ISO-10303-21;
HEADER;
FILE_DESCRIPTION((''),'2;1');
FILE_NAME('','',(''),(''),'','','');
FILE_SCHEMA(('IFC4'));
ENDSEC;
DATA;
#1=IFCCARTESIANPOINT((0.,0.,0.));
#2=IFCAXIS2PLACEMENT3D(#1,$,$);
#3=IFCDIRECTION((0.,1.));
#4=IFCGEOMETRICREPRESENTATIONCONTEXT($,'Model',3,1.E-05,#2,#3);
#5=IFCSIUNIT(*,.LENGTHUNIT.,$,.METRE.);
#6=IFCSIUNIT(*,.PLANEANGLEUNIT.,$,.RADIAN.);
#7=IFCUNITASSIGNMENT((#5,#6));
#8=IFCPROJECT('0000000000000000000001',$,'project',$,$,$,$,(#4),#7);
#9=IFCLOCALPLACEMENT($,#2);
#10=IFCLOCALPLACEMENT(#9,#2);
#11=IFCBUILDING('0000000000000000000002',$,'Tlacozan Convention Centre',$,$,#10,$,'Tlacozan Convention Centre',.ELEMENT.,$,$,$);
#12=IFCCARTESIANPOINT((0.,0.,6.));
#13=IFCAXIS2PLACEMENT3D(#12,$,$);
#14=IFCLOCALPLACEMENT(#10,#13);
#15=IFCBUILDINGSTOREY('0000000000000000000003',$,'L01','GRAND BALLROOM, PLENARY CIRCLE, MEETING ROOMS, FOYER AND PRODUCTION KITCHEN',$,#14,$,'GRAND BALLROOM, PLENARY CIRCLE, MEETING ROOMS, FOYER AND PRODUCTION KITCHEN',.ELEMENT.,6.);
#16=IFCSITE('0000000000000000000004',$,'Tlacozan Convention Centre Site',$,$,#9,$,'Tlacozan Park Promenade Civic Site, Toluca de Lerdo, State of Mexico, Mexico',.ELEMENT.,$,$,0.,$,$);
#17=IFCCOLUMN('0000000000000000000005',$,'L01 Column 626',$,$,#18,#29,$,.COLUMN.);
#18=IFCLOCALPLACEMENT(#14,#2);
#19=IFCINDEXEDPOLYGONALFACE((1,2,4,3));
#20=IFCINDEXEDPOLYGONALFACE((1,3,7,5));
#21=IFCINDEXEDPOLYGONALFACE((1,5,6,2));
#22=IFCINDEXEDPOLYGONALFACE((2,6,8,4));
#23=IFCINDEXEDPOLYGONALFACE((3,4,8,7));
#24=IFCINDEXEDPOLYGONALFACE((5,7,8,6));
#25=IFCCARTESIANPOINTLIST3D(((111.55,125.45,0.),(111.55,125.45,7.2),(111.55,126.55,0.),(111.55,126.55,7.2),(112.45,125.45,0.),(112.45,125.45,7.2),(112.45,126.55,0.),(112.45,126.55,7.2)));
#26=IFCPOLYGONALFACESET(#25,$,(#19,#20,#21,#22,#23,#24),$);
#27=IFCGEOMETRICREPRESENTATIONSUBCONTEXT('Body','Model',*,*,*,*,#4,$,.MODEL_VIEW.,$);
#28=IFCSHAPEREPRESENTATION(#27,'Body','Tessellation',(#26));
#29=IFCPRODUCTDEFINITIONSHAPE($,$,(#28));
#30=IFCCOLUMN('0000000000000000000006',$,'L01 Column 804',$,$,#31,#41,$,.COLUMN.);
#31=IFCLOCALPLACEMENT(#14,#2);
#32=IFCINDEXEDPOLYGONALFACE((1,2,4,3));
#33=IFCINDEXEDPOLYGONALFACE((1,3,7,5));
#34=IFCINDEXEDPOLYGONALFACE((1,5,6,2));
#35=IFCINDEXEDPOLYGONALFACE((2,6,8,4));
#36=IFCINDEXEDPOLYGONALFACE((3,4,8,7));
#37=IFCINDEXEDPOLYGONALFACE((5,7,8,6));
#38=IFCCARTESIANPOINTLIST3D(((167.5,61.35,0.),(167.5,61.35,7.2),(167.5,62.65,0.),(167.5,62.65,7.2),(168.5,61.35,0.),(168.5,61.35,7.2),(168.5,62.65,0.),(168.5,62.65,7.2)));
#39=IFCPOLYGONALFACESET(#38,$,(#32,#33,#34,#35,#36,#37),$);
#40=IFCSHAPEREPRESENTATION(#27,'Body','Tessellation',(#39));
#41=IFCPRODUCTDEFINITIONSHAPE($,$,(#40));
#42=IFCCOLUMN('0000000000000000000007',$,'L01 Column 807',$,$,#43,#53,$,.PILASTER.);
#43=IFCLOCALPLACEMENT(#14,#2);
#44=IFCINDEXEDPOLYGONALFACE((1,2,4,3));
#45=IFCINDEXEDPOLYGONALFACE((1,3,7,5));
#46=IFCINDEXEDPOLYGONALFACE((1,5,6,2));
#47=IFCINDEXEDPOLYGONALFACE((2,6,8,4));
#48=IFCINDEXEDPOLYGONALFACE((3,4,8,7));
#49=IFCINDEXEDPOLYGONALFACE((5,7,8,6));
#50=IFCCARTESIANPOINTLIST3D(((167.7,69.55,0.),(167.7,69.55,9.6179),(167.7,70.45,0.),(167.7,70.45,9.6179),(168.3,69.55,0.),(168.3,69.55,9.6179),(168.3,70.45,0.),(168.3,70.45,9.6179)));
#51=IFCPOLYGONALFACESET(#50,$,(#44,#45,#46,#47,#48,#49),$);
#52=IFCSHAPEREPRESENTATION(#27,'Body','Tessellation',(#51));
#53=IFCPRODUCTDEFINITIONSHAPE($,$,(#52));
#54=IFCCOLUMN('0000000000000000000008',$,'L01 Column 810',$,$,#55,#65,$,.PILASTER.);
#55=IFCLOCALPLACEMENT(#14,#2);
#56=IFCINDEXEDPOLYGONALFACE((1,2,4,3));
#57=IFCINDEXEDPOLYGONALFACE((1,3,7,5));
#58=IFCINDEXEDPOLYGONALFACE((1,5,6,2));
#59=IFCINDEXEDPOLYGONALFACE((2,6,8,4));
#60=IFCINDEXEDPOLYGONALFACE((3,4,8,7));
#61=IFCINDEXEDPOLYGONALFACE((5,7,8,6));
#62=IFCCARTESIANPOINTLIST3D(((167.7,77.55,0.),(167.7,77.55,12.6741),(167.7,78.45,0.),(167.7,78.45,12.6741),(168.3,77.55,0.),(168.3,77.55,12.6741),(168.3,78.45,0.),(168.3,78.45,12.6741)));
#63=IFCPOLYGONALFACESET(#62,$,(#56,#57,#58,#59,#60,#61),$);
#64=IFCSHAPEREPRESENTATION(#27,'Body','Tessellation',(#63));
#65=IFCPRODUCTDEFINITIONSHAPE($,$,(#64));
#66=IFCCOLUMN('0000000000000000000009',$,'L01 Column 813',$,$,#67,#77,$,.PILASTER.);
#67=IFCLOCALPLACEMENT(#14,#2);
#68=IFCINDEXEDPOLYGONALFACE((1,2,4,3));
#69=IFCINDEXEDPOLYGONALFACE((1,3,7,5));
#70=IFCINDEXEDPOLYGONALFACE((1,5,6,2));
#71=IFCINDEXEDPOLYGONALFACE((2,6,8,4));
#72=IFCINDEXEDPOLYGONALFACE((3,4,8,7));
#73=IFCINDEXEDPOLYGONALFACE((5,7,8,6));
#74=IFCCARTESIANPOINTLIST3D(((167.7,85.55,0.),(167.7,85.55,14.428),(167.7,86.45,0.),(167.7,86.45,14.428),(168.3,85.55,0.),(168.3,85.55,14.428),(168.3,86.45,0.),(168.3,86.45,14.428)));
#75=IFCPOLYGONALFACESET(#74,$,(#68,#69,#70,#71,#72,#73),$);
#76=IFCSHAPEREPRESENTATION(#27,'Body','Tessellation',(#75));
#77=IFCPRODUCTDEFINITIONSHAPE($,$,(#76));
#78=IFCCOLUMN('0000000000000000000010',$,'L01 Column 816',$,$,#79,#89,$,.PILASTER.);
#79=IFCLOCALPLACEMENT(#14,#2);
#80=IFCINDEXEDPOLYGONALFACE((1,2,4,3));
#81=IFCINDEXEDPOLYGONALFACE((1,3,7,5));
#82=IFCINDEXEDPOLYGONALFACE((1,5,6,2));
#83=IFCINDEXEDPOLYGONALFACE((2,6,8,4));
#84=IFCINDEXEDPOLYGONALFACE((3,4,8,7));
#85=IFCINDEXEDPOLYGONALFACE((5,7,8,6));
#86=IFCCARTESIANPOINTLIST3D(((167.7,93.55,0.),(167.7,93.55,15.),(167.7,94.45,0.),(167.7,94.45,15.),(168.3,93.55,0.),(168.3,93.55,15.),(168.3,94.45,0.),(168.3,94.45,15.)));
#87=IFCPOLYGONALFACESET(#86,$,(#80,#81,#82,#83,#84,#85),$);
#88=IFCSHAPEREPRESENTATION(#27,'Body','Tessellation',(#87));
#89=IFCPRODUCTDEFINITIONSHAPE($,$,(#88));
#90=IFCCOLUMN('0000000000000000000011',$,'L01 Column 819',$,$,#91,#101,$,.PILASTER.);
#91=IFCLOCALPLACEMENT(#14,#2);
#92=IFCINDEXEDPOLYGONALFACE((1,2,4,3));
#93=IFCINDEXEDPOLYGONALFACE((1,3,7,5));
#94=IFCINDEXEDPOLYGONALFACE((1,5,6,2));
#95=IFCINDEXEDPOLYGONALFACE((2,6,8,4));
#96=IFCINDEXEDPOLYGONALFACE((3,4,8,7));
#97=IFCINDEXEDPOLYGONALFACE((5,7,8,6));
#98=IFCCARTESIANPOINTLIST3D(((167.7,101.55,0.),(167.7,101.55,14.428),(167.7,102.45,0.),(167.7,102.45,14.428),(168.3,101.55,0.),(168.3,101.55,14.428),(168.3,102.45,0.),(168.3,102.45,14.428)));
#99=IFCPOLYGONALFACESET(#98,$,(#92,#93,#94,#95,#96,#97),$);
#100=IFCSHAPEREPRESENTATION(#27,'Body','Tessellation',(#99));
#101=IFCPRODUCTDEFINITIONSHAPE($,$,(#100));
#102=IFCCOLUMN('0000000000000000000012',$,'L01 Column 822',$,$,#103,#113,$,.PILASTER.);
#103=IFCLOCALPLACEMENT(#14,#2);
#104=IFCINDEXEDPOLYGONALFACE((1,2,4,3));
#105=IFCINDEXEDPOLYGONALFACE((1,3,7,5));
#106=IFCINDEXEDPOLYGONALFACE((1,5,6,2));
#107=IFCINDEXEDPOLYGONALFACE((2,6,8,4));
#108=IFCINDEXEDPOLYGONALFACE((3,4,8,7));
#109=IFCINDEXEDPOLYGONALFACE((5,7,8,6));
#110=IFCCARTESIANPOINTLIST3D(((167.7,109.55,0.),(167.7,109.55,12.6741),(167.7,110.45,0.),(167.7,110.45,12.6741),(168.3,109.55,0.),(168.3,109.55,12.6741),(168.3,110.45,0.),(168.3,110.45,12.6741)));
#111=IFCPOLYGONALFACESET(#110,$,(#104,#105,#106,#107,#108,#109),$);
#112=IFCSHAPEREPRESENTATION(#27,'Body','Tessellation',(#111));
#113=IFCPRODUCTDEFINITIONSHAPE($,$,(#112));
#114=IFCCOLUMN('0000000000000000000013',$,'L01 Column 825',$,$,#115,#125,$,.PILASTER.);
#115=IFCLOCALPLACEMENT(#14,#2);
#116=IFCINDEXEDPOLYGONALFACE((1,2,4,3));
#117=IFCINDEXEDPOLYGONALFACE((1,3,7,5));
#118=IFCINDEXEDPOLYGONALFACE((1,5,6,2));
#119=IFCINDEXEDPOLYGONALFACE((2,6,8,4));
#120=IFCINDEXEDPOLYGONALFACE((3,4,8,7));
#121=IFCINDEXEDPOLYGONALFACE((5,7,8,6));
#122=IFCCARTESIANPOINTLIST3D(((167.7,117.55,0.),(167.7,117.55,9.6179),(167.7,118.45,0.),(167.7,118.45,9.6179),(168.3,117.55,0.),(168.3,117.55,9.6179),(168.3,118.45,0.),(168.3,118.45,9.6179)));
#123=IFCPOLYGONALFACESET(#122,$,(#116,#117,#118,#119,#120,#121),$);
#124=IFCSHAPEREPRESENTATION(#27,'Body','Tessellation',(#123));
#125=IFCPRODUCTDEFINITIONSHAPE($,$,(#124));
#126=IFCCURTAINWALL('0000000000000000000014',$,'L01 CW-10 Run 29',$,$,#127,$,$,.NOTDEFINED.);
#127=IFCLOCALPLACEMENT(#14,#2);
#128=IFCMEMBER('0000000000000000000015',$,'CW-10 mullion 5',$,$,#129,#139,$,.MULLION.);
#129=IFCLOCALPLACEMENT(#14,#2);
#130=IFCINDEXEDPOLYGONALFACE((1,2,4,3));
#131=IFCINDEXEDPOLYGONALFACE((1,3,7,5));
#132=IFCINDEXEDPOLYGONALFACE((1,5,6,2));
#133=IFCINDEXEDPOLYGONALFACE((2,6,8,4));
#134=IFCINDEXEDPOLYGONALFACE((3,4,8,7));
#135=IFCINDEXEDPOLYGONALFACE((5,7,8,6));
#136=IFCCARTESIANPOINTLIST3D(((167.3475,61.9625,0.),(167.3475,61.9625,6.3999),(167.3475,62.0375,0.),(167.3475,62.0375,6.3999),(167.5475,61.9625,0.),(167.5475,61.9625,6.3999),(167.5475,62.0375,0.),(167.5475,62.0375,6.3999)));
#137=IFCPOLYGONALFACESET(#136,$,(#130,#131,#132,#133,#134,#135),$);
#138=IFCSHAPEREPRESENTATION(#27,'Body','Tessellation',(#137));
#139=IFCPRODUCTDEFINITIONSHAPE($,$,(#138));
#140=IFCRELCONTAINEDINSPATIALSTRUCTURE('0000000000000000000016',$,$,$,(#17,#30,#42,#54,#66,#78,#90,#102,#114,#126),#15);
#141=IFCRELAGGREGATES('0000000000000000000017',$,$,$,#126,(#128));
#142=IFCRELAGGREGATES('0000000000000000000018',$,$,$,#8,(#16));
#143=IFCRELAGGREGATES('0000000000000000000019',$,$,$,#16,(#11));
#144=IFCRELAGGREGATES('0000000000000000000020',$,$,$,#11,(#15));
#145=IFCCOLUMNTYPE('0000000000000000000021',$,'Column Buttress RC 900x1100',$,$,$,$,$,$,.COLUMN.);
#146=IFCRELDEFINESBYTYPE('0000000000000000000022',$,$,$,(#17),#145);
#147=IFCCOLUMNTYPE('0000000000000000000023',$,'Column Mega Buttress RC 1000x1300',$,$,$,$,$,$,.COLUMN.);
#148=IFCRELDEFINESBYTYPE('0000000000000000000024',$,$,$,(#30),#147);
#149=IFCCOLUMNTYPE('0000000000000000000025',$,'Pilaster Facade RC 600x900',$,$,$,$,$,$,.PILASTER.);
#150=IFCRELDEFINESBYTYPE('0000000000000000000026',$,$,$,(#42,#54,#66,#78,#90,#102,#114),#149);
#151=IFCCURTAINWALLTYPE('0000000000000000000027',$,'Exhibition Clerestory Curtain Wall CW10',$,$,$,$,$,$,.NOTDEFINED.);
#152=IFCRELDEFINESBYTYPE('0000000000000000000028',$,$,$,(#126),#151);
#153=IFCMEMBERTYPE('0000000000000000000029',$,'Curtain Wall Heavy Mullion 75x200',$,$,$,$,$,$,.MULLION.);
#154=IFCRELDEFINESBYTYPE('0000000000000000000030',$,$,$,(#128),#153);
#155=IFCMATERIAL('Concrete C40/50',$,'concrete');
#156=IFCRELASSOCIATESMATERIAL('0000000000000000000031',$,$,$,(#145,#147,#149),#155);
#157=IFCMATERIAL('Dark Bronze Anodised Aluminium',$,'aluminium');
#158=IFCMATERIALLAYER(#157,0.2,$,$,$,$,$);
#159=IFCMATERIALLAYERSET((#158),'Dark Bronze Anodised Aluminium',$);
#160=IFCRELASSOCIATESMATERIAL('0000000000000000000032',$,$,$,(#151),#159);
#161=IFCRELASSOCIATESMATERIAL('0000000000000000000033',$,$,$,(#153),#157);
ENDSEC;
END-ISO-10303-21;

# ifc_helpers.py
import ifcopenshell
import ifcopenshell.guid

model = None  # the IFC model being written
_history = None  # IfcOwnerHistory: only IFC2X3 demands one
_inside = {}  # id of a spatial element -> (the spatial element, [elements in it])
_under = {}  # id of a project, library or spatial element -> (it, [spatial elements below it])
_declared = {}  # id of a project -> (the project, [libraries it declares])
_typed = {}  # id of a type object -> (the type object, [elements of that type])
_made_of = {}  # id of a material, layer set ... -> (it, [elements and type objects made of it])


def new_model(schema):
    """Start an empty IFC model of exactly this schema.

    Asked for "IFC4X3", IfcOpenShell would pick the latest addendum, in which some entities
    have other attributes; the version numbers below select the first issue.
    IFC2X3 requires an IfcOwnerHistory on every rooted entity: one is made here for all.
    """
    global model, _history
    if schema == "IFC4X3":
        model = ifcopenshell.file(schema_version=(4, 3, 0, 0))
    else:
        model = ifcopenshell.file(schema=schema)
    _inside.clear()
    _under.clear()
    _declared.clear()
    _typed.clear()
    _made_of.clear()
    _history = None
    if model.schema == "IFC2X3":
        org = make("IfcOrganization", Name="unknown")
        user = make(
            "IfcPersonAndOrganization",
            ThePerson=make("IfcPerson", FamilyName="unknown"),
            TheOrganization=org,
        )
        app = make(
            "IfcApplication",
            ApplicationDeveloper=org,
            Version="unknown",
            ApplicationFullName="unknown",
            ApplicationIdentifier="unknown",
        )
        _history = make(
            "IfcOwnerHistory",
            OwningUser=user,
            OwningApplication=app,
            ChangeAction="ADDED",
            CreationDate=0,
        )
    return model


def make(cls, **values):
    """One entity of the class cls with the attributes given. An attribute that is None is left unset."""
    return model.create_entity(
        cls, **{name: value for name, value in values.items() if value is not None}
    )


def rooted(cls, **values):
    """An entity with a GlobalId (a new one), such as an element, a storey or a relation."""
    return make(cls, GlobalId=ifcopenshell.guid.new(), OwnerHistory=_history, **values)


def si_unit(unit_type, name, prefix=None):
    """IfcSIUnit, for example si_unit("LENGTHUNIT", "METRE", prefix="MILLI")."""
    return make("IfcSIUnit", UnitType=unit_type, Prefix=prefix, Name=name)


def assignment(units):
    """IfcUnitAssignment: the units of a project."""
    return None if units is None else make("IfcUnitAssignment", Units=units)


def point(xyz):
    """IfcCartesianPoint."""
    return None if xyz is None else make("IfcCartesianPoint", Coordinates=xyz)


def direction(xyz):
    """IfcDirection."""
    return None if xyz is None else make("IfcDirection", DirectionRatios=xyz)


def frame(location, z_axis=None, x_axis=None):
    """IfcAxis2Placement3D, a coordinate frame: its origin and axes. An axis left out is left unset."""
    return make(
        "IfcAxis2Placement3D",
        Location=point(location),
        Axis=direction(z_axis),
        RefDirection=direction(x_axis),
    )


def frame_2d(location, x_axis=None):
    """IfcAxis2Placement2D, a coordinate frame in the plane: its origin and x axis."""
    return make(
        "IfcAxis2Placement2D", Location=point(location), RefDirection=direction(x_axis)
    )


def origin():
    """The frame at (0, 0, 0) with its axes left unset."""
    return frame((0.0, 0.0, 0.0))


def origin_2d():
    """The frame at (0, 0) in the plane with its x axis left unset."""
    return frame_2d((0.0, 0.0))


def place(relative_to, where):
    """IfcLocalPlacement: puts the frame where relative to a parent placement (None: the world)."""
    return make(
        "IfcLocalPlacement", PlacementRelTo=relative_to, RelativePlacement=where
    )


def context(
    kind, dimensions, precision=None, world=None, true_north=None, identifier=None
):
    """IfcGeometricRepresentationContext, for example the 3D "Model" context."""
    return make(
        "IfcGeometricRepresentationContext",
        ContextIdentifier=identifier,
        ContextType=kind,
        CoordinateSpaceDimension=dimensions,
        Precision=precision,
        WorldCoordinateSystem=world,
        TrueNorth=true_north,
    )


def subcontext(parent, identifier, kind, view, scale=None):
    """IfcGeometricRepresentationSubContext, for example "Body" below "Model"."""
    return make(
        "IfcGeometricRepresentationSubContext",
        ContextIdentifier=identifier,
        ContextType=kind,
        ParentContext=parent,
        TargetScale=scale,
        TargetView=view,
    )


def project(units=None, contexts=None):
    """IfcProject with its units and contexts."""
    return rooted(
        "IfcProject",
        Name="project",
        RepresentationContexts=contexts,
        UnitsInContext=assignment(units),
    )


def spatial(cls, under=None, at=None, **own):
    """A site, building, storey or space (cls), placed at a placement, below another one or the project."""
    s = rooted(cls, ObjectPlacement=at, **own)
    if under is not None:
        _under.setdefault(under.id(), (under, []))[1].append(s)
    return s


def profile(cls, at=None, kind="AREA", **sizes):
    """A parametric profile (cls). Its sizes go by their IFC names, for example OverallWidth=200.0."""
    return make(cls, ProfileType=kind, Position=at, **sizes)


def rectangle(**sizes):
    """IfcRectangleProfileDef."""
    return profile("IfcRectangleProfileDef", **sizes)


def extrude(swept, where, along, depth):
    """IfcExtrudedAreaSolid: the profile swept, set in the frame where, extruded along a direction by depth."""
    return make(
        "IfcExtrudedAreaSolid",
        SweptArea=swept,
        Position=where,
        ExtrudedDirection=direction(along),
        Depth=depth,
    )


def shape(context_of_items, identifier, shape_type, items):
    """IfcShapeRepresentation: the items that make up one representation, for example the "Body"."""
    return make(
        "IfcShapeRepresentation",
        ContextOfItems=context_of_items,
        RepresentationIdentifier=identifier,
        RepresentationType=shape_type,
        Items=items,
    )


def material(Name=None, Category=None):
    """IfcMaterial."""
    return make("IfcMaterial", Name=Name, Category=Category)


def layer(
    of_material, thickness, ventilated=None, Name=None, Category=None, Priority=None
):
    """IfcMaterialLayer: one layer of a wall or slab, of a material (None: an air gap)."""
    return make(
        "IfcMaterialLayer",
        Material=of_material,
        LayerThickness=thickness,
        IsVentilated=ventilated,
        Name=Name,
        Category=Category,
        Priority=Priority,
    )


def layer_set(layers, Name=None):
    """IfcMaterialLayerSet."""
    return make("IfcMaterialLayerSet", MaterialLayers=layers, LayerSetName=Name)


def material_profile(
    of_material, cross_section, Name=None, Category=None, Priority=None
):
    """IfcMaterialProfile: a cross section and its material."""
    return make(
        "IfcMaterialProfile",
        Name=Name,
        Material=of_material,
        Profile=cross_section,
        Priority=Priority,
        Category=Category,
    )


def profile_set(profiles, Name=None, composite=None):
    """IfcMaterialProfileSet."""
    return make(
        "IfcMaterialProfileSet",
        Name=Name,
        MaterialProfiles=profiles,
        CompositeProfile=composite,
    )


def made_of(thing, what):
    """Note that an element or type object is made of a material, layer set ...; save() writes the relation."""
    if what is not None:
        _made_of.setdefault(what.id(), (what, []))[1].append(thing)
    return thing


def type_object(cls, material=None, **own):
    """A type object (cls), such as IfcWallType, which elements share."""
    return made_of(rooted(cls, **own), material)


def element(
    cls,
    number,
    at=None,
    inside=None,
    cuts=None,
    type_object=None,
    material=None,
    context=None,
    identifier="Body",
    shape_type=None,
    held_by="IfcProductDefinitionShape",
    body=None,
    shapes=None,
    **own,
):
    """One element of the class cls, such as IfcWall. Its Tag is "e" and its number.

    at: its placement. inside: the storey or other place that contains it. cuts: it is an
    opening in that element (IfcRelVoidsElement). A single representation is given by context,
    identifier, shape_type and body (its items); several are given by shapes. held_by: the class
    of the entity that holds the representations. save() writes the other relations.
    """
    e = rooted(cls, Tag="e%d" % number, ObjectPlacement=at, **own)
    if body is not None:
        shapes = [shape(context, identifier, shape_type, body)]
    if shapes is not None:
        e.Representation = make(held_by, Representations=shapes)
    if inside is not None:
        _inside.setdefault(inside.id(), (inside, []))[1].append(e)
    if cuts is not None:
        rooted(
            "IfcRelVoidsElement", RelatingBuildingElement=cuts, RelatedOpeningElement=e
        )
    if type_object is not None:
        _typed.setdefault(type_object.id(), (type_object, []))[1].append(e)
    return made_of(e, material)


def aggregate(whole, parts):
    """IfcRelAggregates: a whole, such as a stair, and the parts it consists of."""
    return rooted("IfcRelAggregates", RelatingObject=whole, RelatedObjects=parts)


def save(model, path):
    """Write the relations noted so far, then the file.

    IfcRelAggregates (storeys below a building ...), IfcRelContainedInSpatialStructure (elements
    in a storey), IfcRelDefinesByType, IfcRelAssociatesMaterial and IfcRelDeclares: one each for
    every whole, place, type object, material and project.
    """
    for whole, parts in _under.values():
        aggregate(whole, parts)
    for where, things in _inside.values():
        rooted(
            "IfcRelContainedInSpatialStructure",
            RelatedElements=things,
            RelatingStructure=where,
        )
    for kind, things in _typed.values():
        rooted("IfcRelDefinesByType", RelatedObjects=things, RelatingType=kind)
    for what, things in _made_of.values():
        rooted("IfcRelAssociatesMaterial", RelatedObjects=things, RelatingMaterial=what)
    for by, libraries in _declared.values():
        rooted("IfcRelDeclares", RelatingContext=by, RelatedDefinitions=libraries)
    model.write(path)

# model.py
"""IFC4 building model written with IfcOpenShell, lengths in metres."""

from ifc_helpers import new_model, si_unit, direction, frame, origin, origin_2d, place, context, subcontext, project, spatial, rectangle, extrude, material, layer, layer_set, material_profile, profile_set, type_object, element, aggregate, save


model = new_model("IFC4")

# Units and contexts
model_context = context("Model", 3, precision=1e-05, world=origin(), true_north=direction((0.0, 1.0)))
body_context = subcontext(model_context, "Body", "Model", "MODEL_VIEW")
ifc_project = project(units=[si_unit("LENGTHUNIT", "METRE"), si_unit("PLANEANGLEUNIT", "RADIAN")], contexts=[model_context])

# Site, building, storey
site_placement = place(None, origin())
site = spatial("IfcSite", under=ifc_project, at=site_placement, Name="Tlacozan Convention Centre Site", LongName="Tlacozan Park Promenade Civic Site, Toluca de Lerdo, State of Mexico, Mexico", CompositionType="ELEMENT", RefElevation=0.0)
building_placement = place(site_placement, origin())
building = spatial("IfcBuilding", under=site, at=building_placement, Name="Tlacozan Convention Centre", LongName="Tlacozan Convention Centre", CompositionType="ELEMENT")
storey_placement = place(building_placement, frame((0.0, 0.0, 6.0)))
storey = spatial("IfcBuildingStorey", under=building, at=storey_placement, Name="L01", Description="GRAND BALLROOM, PLENARY CIRCLE, MEETING ROOMS, FOYER AND PRODUCTION KITCHEN", LongName="GRAND BALLROOM, PLENARY CIRCLE, MEETING ROOMS, FOYER AND PRODUCTION KITCHEN", CompositionType="ELEMENT", Elevation=6.0)

# Columns
ifc_material_1 = material(Name="Concrete C40/50", Category="concrete")
ifc_material_profile_1 = material_profile(ifc_material_1, rectangle(XDim=0.8999, YDim=1.1001, at=origin_2d()), Name="RC 900x1100")
ifc_profile_set_1 = profile_set([ifc_material_profile_1], Name="Concrete C40/50")
column_type_1 = type_object("IfcColumnType", Name="Column Buttress RC 900x1100", PredefinedType="COLUMN", material=ifc_profile_set_1)
column_1_placement = place(storey_placement, frame((112.0, 126.0, 0.0), z_axis=(0.0, 0.0, 1.0), x_axis=(1.0, 0.0, 0.0)))
element("IfcColumn", 1, at=column_1_placement, inside=storey, type_object=column_type_1, Name="L01 Column 626", PredefinedType="COLUMN", context=body_context, shape_type="SweptSolid", body=[
    extrude(rectangle(XDim=0.8999, YDim=1.1001, at=origin_2d()), origin(), (0.0, 0.0, 1.0), 7.2),
])
ifc_material_profile_2 = material_profile(ifc_material_1, rectangle(XDim=1.0, YDim=1.3, at=origin_2d()), Name="RC 1000x1300")
ifc_profile_set_2 = profile_set([ifc_material_profile_2], Name="Concrete C40/50")
column_type_2 = type_object("IfcColumnType", Name="Column Mega Buttress RC 1000x1300", PredefinedType="COLUMN", material=ifc_profile_set_2)
column_2_placement = place(storey_placement, frame((168.0, 62.0, 0.0), z_axis=(0.0, 0.0, 1.0), x_axis=(1.0, 0.0, 0.0)))
element("IfcColumn", 2, at=column_2_placement, inside=storey, type_object=column_type_2, Name="L01 Column 804", PredefinedType="COLUMN", context=body_context, shape_type="SweptSolid", body=[
    extrude(rectangle(XDim=1.0, YDim=1.3, at=origin_2d()), origin(), (0.0, 0.0, 1.0), 7.2),
])
ifc_material_profile_3 = material_profile(ifc_material_1, rectangle(XDim=0.6001, YDim=0.8999, at=origin_2d()), Name="RC 600x900")
ifc_profile_set_3 = profile_set([ifc_material_profile_3], Name="Concrete C40/50")
column_type_3 = type_object("IfcColumnType", Name="Pilaster Facade RC 600x900", PredefinedType="PILASTER", material=ifc_profile_set_3)
column_3_placement = place(storey_placement, frame((168.0, 70.0, 0.0), z_axis=(0.0, 0.0, 1.0), x_axis=(1.0, 0.0, 0.0)))
element("IfcColumn", 3, at=column_3_placement, inside=storey, type_object=column_type_3, Name="L01 Column 807", PredefinedType="PILASTER", context=body_context, shape_type="SweptSolid", body=[
    extrude(rectangle(XDim=0.6001, YDim=0.8999, at=origin_2d()), origin(), (0.0, 0.0, 1.0), 9.6179),
])
column_4_placement = place(storey_placement, frame((168.0, 78.0, 0.0), z_axis=(0.0, 0.0, 1.0), x_axis=(1.0, 0.0, 0.0)))
element("IfcColumn", 4, at=column_4_placement, inside=storey, type_object=column_type_3, Name="L01 Column 810", PredefinedType="PILASTER", context=body_context, shape_type="SweptSolid", body=[
    extrude(rectangle(XDim=0.6001, YDim=0.8999, at=origin_2d()), origin(), (0.0, 0.0, 1.0), 12.6741),
])
column_5_placement = place(storey_placement, frame((168.0, 86.0, 0.0), z_axis=(0.0, 0.0, 1.0), x_axis=(1.0, 0.0, 0.0)))
element("IfcColumn", 5, at=column_5_placement, inside=storey, type_object=column_type_3, Name="L01 Column 813", PredefinedType="PILASTER", context=body_context, shape_type="SweptSolid", body=[
    extrude(rectangle(XDim=0.6001, YDim=0.8999, at=origin_2d()), origin(), (0.0, 0.0, 1.0), 14.428),
])
column_6_placement = place(storey_placement, frame((168.0, 94.0, 0.0), z_axis=(0.0, 0.0, 1.0), x_axis=(1.0, 0.0, 0.0)))
element("IfcColumn", 6, at=column_6_placement, inside=storey, type_object=column_type_3, Name="L01 Column 816", PredefinedType="PILASTER", context=body_context, shape_type="SweptSolid", body=[
    extrude(rectangle(XDim=0.6001, YDim=0.8999, at=origin_2d()), origin(), (0.0, 0.0, 1.0), 15.0),
])
column_7_placement = place(storey_placement, frame((168.0, 102.0, 0.0), z_axis=(0.0, 0.0, 1.0), x_axis=(1.0, 0.0, 0.0)))
element("IfcColumn", 7, at=column_7_placement, inside=storey, type_object=column_type_3, Name="L01 Column 819", PredefinedType="PILASTER", context=body_context, shape_type="SweptSolid", body=[
    extrude(rectangle(XDim=0.6001, YDim=0.8999, at=origin_2d()), origin(), (0.0, 0.0, 1.0), 14.428),
])
column_8_placement = place(storey_placement, frame((168.0, 110.0, 0.0), z_axis=(0.0, 0.0, 1.0), x_axis=(1.0, 0.0, 0.0)))
element("IfcColumn", 8, at=column_8_placement, inside=storey, type_object=column_type_3, Name="L01 Column 822", PredefinedType="PILASTER", context=body_context, shape_type="SweptSolid", body=[
    extrude(rectangle(XDim=0.6001, YDim=0.8999, at=origin_2d()), origin(), (0.0, 0.0, 1.0), 12.6741),
])
column_9_placement = place(storey_placement, frame((168.0, 118.0, 0.0), z_axis=(0.0, 0.0, 1.0), x_axis=(1.0, 0.0, 0.0)))
element("IfcColumn", 9, at=column_9_placement, inside=storey, type_object=column_type_3, Name="L01 Column 825", PredefinedType="PILASTER", context=body_context, shape_type="SweptSolid", body=[
    extrude(rectangle(XDim=0.6001, YDim=0.8999, at=origin_2d()), origin(), (0.0, 0.0, 1.0), 9.6179),
])

# Curtain wall, member
ifc_material_2 = material(Name="Dark Bronze Anodised Aluminium", Category="aluminium")
ifc_layer_1 = layer(ifc_material_2, 0.2)
ifc_layer_set_1 = layer_set([ifc_layer_1], Name="Dark Bronze Anodised Aluminium")
curtain_wall_type = type_object("IfcCurtainWallType", Name="Exhibition Clerestory Curtain Wall CW10", PredefinedType="NOTDEFINED", material=ifc_layer_set_1)
curtain_wall_placement = place(storey_placement, origin())
curtain_wall = element("IfcCurtainWall", 10, at=curtain_wall_placement, inside=storey, type_object=curtain_wall_type, Name="L01 CW-10 Run 29", PredefinedType="NOTDEFINED")
ifc_material_profile_4 = material_profile(ifc_material_2, rectangle(XDim=0.075, YDim=0.2, at=origin_2d()), Name="ALU 75x200")
ifc_profile_set_4 = profile_set([ifc_material_profile_4], Name="Dark Bronze Anodised Aluminium")
member_type_1 = type_object("IfcMemberType", Name="Curtain Wall Heavy Mullion 75x200", PredefinedType="MULLION", material=ifc_profile_set_4)
member_1_placement = place(storey_placement, frame((167.4475, 62.0, 0.0), z_axis=(0.0, 0.0, 1.0), x_axis=(0.0, 1.0, 0.0)))
member_1 = element("IfcMember", 11, at=member_1_placement, type_object=member_type_1, Name="CW-10 mullion 5", PredefinedType="MULLION", context=body_context, shape_type="SweptSolid", body=[
    extrude(rectangle(XDim=0.075, YDim=0.2, at=origin_2d()), origin(), (0.0, 0.0, 1.0), 6.3999),
])
aggregate(curtain_wall, [member_1])

save(model, "model.ifc")
